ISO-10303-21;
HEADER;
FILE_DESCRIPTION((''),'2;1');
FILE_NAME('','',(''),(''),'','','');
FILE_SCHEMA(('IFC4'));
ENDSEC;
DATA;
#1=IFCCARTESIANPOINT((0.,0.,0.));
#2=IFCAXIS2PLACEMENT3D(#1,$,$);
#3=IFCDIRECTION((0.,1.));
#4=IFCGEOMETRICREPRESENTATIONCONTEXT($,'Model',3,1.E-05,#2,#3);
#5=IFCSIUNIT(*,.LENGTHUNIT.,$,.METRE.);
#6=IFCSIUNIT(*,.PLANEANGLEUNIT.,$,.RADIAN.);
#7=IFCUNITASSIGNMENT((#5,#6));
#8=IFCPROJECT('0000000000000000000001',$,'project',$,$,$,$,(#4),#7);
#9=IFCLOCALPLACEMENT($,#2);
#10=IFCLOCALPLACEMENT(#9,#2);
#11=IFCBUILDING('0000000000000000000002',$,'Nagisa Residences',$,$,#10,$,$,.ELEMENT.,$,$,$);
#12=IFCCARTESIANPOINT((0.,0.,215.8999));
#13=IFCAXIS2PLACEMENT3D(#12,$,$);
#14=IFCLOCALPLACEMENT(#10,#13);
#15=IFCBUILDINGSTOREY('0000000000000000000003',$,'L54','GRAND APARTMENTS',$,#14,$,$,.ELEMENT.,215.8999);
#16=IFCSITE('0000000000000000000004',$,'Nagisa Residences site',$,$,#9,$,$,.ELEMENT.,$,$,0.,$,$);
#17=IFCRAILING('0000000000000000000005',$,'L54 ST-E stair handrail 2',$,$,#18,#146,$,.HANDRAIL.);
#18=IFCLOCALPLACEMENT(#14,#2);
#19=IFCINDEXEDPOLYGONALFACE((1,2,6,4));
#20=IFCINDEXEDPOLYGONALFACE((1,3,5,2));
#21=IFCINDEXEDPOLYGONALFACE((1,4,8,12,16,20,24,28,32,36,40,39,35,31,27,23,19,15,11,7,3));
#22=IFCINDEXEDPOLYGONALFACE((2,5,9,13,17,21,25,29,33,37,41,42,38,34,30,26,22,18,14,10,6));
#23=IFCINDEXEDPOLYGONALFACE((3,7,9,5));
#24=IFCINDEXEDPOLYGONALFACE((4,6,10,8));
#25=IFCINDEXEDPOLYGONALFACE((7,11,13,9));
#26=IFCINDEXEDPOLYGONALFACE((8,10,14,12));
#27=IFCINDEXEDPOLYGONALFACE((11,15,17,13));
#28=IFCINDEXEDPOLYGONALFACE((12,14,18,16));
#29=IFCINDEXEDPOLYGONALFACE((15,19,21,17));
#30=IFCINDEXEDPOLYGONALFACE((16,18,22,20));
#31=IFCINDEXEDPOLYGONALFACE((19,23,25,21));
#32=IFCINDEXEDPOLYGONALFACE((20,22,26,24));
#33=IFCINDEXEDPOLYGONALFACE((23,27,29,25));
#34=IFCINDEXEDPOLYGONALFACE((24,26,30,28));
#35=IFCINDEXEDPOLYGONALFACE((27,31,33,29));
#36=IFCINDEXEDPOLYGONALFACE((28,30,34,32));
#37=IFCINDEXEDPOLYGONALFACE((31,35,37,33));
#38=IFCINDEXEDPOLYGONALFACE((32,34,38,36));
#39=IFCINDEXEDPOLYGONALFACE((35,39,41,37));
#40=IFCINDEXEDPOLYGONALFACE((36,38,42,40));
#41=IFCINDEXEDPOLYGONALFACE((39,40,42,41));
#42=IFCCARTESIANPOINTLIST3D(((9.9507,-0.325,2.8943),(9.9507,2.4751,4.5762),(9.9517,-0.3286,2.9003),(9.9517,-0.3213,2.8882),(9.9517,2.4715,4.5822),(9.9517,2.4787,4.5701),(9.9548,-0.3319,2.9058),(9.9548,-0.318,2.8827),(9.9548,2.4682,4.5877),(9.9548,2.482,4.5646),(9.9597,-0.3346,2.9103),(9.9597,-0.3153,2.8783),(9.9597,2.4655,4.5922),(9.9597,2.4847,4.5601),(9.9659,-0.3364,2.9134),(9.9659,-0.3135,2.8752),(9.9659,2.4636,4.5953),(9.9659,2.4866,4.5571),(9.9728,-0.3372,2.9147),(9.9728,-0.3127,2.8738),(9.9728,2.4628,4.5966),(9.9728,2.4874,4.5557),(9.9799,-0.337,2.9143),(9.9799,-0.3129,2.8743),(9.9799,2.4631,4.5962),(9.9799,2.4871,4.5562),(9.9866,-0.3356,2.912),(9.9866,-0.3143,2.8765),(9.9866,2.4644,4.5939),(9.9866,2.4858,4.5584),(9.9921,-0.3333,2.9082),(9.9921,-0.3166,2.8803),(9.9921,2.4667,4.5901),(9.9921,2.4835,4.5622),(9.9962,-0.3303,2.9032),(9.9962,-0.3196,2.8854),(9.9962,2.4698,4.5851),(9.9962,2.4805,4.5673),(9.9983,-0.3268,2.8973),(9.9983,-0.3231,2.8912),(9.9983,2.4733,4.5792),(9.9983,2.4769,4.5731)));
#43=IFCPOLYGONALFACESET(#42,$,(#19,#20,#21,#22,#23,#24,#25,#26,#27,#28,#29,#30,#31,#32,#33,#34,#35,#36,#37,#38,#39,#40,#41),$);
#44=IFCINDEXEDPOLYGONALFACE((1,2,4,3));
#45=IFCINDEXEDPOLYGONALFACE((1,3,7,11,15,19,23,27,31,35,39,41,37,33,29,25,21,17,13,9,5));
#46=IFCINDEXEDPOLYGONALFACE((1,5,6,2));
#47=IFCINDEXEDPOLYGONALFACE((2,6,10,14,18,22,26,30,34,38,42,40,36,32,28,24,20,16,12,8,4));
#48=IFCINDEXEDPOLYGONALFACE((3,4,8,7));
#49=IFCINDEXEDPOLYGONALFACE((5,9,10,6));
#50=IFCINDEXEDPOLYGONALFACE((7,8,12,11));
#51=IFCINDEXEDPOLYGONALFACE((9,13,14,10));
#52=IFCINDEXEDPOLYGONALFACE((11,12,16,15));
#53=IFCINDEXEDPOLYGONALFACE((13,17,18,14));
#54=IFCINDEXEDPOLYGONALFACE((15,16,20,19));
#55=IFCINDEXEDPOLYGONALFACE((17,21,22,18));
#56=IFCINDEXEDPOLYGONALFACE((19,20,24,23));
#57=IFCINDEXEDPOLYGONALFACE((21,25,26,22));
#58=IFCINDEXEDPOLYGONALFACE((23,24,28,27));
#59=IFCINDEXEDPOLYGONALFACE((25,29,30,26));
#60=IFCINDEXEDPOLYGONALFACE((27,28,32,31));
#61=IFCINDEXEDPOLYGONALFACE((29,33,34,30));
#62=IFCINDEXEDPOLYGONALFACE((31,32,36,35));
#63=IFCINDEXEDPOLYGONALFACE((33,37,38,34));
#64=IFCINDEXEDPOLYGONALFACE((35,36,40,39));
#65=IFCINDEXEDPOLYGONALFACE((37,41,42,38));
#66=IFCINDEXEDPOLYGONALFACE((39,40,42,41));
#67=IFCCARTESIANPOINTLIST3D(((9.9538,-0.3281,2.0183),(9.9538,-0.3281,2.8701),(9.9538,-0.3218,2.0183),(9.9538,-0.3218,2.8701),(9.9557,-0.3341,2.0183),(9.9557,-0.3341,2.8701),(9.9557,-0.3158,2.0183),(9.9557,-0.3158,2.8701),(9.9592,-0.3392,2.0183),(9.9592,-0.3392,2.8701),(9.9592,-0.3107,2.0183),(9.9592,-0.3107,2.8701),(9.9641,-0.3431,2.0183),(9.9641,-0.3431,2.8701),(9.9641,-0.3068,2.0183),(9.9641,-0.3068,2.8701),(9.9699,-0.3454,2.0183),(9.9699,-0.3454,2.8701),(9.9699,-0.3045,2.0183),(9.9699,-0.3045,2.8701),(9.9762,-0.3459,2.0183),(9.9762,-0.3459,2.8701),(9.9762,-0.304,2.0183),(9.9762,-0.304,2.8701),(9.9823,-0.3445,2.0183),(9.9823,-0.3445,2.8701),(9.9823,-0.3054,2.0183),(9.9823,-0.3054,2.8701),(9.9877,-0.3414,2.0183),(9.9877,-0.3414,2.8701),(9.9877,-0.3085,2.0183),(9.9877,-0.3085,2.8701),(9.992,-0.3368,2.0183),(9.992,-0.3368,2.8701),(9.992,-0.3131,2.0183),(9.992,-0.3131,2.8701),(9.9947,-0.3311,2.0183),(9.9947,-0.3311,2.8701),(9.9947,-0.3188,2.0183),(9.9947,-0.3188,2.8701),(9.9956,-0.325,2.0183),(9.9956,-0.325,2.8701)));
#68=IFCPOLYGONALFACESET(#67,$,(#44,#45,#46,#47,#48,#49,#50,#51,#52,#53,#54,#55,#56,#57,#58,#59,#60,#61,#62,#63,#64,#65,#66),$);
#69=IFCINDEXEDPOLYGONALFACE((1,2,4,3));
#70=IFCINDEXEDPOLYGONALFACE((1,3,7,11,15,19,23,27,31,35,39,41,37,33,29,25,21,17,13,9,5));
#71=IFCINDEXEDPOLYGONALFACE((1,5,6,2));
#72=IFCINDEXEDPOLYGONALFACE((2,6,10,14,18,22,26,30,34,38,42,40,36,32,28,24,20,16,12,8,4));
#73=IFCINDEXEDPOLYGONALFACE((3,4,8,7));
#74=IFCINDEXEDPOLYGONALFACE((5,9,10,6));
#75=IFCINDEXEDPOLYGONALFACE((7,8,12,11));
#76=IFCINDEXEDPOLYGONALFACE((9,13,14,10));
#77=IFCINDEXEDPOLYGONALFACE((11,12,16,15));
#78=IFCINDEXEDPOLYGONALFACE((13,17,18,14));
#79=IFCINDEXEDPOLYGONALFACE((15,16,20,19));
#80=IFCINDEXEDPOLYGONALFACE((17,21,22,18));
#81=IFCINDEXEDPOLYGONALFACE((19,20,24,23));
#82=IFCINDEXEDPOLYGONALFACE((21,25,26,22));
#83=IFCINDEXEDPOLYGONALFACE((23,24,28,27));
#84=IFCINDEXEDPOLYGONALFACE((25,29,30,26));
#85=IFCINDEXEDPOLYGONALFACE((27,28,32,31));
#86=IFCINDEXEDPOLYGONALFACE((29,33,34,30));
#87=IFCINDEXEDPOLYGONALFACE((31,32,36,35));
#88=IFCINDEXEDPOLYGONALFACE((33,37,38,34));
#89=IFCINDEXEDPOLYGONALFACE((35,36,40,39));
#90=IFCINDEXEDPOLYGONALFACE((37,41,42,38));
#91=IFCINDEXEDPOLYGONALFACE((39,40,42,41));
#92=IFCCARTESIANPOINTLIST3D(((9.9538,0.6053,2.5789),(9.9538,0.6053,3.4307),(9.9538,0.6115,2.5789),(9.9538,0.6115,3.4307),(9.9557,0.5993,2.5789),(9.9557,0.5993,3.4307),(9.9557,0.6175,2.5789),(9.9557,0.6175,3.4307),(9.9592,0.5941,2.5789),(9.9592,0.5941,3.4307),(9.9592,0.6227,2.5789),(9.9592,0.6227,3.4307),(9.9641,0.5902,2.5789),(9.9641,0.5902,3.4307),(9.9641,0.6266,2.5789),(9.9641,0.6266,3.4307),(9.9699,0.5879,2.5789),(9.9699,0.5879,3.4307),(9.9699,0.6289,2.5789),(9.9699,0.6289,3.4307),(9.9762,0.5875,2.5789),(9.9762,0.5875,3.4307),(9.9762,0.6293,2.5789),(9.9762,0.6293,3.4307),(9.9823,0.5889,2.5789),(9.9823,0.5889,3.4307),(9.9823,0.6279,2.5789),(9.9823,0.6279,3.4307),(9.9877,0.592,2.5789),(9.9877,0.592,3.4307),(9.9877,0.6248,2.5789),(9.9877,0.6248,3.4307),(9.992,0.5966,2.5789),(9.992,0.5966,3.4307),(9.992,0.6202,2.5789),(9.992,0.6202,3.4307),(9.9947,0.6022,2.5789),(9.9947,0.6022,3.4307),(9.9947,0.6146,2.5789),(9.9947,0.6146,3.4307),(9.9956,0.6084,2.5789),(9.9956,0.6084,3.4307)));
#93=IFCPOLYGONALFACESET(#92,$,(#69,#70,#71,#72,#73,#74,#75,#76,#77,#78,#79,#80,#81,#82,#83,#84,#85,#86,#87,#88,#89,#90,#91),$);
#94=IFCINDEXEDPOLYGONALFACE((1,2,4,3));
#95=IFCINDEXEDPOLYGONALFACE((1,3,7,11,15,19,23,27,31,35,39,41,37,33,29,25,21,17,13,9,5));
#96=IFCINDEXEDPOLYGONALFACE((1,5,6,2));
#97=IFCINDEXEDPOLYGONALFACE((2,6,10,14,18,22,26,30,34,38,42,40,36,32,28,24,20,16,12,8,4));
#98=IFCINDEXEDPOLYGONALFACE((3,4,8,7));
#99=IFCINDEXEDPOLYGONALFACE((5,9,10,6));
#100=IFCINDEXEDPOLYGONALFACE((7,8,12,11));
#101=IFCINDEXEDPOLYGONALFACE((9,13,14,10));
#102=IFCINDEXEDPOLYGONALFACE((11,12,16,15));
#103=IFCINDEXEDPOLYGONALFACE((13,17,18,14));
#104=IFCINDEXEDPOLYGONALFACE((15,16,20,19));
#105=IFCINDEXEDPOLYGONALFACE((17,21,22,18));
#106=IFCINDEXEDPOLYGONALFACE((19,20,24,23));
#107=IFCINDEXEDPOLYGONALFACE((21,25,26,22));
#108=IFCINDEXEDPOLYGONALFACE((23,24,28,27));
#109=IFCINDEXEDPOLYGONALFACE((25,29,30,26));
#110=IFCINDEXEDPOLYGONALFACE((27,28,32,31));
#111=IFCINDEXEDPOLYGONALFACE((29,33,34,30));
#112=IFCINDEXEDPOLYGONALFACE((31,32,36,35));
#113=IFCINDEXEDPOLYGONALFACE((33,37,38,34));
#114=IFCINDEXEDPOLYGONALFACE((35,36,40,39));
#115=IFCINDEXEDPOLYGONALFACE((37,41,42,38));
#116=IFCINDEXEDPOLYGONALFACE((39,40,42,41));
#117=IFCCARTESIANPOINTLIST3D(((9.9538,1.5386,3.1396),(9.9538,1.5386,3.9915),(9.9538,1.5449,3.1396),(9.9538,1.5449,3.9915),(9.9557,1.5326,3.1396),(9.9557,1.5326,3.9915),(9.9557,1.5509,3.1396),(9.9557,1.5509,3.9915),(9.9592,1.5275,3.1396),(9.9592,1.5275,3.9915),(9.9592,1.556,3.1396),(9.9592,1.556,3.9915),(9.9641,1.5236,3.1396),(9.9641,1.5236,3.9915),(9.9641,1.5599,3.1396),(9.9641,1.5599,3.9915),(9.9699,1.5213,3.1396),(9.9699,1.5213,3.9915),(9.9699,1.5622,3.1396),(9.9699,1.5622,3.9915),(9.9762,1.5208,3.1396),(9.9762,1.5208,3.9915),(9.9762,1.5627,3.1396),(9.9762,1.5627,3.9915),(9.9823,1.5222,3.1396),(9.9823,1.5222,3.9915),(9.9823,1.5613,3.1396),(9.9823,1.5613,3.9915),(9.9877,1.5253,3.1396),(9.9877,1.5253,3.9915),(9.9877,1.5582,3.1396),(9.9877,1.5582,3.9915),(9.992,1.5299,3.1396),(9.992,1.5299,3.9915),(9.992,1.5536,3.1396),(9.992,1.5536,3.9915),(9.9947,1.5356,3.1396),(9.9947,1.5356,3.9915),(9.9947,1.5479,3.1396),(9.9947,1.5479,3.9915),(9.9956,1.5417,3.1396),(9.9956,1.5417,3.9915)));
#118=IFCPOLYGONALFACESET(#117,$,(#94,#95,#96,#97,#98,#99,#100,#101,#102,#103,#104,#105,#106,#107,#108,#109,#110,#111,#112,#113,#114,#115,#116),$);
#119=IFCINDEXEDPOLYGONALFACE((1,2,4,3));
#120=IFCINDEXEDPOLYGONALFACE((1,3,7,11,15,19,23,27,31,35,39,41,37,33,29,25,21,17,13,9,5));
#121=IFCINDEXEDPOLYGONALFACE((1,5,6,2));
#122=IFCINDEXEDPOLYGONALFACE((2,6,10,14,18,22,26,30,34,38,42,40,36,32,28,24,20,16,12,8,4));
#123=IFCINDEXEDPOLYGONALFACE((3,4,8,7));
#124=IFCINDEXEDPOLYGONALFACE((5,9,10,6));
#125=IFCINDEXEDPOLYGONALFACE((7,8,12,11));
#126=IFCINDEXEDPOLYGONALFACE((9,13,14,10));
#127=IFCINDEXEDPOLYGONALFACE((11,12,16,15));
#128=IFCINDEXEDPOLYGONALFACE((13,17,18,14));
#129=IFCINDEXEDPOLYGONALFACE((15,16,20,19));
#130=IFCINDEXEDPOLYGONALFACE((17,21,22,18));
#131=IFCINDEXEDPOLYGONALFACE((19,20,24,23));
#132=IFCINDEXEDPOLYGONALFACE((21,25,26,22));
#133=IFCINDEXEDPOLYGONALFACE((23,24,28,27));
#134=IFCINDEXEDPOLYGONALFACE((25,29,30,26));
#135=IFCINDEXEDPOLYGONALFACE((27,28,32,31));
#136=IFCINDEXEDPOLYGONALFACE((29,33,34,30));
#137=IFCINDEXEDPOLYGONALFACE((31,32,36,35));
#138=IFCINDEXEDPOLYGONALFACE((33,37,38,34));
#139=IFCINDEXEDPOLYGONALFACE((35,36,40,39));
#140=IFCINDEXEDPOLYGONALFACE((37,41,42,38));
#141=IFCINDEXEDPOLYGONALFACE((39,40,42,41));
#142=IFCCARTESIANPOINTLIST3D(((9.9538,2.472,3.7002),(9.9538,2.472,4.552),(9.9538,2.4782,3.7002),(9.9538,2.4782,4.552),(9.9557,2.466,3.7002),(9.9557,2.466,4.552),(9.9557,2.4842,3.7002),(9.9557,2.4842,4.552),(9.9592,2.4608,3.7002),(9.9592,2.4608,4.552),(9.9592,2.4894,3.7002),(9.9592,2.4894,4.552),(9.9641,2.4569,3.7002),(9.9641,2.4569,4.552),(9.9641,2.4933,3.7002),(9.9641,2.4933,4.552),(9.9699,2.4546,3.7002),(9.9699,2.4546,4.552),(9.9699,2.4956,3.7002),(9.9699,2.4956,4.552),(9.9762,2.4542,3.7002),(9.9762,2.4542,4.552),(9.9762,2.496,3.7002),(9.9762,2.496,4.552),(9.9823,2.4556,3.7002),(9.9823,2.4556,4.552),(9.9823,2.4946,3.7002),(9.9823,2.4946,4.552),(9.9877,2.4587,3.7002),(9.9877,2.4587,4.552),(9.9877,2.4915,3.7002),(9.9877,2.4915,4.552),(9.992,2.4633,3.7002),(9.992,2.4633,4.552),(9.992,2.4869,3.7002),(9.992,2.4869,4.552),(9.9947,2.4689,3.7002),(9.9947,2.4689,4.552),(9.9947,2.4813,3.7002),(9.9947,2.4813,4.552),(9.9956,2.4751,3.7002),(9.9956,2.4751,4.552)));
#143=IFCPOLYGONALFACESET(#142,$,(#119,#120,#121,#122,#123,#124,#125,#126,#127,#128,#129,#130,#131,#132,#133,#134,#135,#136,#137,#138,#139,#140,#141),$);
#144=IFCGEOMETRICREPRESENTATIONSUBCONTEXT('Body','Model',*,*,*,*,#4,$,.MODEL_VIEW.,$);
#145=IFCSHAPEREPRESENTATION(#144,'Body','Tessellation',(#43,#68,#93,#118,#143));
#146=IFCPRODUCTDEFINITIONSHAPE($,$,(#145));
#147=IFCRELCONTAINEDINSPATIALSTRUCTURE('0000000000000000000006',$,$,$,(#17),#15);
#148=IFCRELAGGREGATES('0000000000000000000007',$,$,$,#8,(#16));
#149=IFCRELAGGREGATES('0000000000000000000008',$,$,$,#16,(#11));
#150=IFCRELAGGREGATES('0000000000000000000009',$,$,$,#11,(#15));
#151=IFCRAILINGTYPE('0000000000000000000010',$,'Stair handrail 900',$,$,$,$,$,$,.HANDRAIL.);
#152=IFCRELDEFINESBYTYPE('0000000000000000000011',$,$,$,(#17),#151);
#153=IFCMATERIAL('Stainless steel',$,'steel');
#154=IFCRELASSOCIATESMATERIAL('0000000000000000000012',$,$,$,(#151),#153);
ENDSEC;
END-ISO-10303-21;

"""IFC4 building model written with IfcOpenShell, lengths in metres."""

from ifc_helpers import new_model, si_unit, direction, frame, origin, origin_2d, place, context, subcontext, project, spatial, circle, extrude, material, type_object, element, save


model = new_model("IFC4")

# Units and contexts
model_context = context("Model", 3, precision=1e-05, world=origin(), true_north=direction((0.0, 1.0)))
body_context = subcontext(model_context, "Body", "Model", "MODEL_VIEW")
ifc_project = project(units=[si_unit("LENGTHUNIT", "METRE"), si_unit("PLANEANGLEUNIT", "RADIAN")], contexts=[model_context])

# Site, building, storey
site_placement = place(None, origin())
site = spatial("IfcSite", under=ifc_project, at=site_placement, Name="Nagisa Residences site", CompositionType="ELEMENT", RefElevation=0.0)
building_placement = place(site_placement, origin())
building = spatial("IfcBuilding", under=site, at=building_placement, Name="Nagisa Residences", CompositionType="ELEMENT")
storey_placement = place(building_placement, frame((0.0, 0.0, 215.8999)))
storey = spatial("IfcBuildingStorey", under=building, at=storey_placement, Name="L54", Description="GRAND APARTMENTS", CompositionType="ELEMENT", Elevation=215.8999)

# Railing
ifc_material_1 = material(Name="Stainless steel", Category="steel")
railing_type_1 = type_object("IfcRailingType", Name="Stair handrail 900", PredefinedType="HANDRAIL", material=ifc_material_1)
railing_1_placement = place(storey_placement, frame((9.9746, -0.325, 2.0183)))
element("IfcRailing", 1, at=railing_1_placement, inside=storey, type_object=railing_type_1, Name="L54 ST-E stair handrail 2", PredefinedType="HANDRAIL", context=body_context, shape_type="SweptSolid", body=[
    extrude(circle(Radius=0.0239, at=origin_2d()), frame((0.0, 0.0, 0.876), z_axis=(0.0, 0.857242, 0.514913), x_axis=(-1.0, 0.0, 0.0)), (0.0, 0.0, 1.0), 3.2664),
    extrude(circle(Radius=0.021, at=origin_2d()), origin(), (0.0, 0.0, 1.0), 0.8518),
    extrude(circle(Radius=0.021, at=origin_2d()), frame((0.0, 0.9333, 0.5605)), (0.0, 0.0, 1.0), 0.8518),
    extrude(circle(Radius=0.021, at=origin_2d()), frame((0.0, 1.8667, 1.1213)), (0.0, 0.0, 1.0), 0.8518),
    extrude(circle(Radius=0.021, at=origin_2d()), frame((0.0, 2.8, 1.6819)), (0.0, 0.0, 1.0), 0.8518),
])

save(model, "model.ifc")
